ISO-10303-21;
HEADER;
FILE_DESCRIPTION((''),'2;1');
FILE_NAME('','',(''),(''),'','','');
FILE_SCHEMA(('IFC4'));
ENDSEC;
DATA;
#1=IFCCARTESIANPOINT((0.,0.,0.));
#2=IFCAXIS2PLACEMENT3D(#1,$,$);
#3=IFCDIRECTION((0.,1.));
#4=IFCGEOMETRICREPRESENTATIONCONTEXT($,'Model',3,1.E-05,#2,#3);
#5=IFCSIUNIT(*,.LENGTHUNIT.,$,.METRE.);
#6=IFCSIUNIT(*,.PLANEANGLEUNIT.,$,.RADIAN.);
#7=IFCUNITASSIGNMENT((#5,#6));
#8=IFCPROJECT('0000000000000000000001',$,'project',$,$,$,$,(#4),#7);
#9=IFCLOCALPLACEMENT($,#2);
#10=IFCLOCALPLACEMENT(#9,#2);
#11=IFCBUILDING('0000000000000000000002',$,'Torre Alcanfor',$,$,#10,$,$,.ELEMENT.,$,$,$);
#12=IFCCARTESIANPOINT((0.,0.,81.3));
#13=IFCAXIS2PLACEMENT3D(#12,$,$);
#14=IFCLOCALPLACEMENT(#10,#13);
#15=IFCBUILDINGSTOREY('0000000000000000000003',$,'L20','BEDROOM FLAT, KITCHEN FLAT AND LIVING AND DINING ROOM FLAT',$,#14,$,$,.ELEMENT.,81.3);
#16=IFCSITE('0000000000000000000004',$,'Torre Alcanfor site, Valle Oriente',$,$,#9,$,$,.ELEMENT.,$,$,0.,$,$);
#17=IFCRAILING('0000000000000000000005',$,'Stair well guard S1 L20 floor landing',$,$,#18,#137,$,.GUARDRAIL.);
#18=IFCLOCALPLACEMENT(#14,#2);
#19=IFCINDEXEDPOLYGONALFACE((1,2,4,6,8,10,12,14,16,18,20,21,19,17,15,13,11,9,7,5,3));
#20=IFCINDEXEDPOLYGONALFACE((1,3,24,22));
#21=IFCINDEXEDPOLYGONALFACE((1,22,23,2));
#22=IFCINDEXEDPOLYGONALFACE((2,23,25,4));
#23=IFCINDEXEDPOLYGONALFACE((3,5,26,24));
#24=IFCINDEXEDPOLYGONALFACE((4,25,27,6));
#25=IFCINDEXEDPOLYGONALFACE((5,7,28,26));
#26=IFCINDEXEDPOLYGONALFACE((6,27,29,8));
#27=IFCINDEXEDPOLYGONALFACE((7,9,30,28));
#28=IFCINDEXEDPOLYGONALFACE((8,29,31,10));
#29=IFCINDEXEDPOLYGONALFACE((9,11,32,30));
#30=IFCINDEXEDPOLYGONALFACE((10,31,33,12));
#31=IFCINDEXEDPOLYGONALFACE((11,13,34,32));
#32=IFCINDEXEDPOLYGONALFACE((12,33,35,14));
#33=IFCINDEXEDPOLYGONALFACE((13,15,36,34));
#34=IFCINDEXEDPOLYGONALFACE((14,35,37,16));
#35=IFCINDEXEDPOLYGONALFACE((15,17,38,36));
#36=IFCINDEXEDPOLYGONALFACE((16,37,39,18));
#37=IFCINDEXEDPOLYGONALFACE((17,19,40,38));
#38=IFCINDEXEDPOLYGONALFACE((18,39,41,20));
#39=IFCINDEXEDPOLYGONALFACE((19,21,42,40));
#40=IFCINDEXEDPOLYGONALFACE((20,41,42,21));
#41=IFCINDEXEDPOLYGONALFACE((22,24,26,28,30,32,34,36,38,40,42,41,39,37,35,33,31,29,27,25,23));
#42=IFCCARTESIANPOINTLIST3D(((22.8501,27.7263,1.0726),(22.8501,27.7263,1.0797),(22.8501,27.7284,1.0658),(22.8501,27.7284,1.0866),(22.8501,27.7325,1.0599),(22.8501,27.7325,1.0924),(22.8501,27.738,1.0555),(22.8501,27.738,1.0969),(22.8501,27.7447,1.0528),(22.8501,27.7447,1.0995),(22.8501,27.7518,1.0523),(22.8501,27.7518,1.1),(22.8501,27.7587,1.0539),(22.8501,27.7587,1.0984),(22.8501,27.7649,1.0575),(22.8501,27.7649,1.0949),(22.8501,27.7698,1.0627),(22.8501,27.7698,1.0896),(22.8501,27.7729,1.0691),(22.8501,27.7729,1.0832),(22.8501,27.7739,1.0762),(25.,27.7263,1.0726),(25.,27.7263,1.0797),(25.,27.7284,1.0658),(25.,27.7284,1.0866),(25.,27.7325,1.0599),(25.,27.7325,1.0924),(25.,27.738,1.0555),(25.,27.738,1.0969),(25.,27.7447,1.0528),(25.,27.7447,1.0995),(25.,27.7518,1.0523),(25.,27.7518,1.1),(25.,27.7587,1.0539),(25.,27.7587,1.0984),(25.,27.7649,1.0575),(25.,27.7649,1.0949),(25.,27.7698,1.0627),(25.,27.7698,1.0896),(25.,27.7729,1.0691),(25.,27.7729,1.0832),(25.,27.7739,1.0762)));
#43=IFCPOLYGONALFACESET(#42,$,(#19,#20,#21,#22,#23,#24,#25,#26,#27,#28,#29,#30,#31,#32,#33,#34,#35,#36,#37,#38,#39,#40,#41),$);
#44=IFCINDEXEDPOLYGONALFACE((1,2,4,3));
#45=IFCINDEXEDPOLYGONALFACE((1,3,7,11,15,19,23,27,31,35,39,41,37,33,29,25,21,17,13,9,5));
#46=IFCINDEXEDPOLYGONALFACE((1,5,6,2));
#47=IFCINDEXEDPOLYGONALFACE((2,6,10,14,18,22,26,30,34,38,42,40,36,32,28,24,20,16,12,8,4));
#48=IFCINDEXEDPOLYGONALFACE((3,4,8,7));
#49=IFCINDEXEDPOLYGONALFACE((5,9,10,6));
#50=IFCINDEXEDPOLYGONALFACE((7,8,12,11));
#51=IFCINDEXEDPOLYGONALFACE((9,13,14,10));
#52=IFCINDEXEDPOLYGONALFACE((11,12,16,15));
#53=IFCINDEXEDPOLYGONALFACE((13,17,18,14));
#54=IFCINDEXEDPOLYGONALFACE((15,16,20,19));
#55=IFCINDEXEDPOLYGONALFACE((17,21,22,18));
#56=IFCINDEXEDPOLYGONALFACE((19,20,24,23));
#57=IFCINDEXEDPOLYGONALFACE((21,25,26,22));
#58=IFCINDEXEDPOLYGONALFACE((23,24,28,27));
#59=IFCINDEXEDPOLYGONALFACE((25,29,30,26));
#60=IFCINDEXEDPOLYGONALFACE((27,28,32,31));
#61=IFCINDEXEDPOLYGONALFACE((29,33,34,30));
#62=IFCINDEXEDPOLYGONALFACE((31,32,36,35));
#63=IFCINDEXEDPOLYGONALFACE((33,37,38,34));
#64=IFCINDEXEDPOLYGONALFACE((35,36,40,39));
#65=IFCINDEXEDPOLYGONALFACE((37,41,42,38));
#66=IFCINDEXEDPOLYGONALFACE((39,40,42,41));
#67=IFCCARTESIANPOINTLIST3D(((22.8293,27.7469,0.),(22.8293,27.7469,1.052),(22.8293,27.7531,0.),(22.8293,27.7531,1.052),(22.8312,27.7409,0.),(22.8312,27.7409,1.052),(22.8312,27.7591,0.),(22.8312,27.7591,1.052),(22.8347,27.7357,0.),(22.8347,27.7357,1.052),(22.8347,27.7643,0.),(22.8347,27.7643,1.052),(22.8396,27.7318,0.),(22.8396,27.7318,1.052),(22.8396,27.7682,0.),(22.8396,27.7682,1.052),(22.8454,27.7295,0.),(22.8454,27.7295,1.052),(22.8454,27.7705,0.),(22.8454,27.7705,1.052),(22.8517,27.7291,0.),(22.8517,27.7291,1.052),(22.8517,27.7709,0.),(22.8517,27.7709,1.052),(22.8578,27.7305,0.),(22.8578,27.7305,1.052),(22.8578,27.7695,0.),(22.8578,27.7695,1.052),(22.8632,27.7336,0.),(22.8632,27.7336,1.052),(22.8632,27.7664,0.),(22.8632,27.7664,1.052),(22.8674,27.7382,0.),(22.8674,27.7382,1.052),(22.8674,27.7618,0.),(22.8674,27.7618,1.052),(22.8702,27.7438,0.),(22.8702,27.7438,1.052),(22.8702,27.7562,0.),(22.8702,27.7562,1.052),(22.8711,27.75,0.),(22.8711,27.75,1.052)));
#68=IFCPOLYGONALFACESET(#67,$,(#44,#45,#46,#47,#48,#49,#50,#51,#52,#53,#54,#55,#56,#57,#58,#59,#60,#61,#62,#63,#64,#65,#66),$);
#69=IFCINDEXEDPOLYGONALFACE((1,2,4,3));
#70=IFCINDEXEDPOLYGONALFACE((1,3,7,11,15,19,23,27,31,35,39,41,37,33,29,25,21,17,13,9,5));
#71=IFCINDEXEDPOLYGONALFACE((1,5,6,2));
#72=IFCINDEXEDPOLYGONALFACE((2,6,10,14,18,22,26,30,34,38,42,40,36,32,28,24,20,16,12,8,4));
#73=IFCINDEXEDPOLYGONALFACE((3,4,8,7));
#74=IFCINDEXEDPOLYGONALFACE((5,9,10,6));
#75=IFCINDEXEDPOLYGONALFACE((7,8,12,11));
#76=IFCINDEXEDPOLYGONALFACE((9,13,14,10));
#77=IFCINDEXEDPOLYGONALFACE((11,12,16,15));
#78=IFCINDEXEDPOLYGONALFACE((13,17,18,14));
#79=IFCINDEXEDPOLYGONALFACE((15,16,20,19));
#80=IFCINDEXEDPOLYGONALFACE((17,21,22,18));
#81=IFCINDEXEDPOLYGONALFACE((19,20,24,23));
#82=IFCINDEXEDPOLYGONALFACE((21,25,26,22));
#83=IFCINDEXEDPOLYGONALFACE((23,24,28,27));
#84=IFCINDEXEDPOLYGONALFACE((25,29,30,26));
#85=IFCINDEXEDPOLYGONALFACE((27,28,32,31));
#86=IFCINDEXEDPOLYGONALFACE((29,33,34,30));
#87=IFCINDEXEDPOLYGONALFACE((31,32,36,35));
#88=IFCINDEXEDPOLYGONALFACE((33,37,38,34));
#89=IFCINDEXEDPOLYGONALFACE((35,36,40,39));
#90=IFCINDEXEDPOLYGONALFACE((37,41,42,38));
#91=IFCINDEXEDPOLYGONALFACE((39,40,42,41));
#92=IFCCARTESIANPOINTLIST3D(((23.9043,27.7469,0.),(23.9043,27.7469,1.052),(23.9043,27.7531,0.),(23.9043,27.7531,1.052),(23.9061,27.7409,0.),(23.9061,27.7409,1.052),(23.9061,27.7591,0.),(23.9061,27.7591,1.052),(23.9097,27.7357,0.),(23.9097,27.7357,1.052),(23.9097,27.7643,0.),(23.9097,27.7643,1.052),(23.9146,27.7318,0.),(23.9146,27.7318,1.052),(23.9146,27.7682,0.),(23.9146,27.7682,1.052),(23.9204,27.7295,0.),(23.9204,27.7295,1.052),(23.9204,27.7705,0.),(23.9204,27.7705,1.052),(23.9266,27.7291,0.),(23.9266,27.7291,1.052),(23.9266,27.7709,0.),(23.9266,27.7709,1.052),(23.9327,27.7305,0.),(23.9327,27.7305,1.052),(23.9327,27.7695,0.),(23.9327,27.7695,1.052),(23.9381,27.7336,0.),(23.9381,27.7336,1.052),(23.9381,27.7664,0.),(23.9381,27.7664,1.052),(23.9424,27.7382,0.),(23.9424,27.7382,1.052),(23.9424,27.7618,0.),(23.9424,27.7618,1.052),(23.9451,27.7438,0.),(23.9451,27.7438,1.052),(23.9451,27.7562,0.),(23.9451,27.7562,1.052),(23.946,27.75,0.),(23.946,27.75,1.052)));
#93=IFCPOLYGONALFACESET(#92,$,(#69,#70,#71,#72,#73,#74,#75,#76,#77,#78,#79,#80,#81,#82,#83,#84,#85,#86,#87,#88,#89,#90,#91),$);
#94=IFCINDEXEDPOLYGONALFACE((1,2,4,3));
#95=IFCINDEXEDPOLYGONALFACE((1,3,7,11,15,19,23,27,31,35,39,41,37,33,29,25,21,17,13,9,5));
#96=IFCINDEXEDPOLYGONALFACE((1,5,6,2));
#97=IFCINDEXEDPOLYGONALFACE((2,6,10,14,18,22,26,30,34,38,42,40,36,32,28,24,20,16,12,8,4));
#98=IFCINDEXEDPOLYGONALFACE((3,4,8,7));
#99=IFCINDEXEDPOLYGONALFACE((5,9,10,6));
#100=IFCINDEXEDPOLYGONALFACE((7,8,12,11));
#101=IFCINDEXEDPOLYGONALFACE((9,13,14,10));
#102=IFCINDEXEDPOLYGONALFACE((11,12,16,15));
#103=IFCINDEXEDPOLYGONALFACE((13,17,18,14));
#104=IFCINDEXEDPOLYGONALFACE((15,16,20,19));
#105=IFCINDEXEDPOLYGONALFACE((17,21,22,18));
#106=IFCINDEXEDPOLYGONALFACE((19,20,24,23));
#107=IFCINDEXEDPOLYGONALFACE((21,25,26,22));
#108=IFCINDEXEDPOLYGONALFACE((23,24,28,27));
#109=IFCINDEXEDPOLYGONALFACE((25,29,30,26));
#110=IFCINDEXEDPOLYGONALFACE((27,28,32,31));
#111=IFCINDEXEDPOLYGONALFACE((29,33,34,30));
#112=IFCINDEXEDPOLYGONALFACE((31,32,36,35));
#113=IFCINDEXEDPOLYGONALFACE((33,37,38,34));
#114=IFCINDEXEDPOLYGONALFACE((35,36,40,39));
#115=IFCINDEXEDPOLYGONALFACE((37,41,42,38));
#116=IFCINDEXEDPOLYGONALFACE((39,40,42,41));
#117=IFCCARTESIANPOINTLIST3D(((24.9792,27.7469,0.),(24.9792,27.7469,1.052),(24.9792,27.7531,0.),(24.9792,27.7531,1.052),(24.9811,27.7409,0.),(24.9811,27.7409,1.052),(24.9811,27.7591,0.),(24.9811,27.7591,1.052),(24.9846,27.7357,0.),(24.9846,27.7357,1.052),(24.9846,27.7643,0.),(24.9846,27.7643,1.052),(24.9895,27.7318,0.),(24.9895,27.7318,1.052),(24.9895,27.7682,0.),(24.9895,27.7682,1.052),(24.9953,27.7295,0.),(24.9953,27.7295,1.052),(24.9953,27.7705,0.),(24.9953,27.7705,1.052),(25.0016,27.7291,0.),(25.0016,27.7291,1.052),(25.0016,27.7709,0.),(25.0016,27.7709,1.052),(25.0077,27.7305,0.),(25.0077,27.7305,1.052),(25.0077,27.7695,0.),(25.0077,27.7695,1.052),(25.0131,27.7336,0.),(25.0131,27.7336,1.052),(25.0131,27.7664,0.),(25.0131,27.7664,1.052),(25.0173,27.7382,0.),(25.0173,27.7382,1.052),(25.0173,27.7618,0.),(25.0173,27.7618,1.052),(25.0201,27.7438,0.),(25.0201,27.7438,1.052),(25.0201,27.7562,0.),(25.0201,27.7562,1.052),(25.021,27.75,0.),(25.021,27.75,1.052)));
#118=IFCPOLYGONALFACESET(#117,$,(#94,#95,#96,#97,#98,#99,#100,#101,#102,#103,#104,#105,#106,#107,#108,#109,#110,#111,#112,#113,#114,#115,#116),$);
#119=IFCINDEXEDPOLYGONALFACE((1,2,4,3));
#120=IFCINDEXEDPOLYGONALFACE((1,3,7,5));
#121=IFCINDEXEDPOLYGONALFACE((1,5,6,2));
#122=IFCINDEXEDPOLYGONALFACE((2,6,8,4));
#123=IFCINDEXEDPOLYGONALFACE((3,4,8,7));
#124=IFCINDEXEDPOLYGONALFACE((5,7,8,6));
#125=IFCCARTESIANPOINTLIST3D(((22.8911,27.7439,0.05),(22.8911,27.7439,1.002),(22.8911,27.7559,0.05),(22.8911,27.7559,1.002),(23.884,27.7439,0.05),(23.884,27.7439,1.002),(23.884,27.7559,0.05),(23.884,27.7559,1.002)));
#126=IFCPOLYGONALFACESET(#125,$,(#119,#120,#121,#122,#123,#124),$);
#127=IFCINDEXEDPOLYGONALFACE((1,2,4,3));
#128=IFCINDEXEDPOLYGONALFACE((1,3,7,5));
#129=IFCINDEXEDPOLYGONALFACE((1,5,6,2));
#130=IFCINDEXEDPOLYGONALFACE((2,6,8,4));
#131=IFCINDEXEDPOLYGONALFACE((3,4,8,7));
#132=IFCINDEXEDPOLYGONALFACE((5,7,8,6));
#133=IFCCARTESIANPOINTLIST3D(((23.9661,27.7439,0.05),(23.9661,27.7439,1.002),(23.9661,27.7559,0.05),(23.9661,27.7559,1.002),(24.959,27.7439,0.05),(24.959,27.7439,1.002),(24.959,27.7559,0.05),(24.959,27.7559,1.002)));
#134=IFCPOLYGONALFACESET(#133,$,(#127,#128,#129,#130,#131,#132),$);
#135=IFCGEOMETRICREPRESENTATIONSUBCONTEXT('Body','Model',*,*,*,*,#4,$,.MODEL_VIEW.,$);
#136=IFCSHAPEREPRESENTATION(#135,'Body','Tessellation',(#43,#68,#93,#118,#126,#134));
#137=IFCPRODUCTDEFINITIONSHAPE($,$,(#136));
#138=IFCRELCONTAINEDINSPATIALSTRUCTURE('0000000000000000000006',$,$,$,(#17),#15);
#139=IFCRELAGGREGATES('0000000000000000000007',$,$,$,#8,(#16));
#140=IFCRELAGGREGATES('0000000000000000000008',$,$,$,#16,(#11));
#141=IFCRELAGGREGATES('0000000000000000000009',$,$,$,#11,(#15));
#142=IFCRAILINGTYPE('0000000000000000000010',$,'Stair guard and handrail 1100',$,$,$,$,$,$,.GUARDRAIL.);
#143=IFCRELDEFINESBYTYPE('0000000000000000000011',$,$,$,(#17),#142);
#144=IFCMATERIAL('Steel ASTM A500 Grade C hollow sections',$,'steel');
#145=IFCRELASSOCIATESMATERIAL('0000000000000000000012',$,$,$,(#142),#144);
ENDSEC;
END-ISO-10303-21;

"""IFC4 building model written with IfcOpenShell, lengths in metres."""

from ifc_helpers import new_model, si_unit, direction, frame, origin, origin_2d, place, context, subcontext, project, spatial, polyline, circle, outline, extrude, material, type_object, element, save


model = new_model("IFC4")

# Units and contexts
model_context = context("Model", 3, precision=1e-05, world=origin(), true_north=direction((0.0, 1.0)))
body_context = subcontext(model_context, "Body", "Model", "MODEL_VIEW")
ifc_project = project(units=[si_unit("LENGTHUNIT", "METRE"), si_unit("PLANEANGLEUNIT", "RADIAN")], contexts=[model_context])

# Site, building, storey
site_placement = place(None, origin())
site = spatial("IfcSite", under=ifc_project, at=site_placement, Name="Torre Alcanfor site, Valle Oriente", CompositionType="ELEMENT", RefElevation=0.0)
building_placement = place(site_placement, origin())
building = spatial("IfcBuilding", under=site, at=building_placement, Name="Torre Alcanfor", CompositionType="ELEMENT")
storey_placement = place(building_placement, frame((0.0, 0.0, 81.3)))
storey = spatial("IfcBuildingStorey", under=building, at=storey_placement, Name="L20", Description="BEDROOM FLAT, KITCHEN FLAT AND LIVING AND DINING ROOM FLAT", CompositionType="ELEMENT", Elevation=81.3)

# Railing
ifc_material_1 = material(Name="Steel ASTM A500 Grade C hollow sections", Category="steel")
railing_type_1 = type_object("IfcRailingType", Name="Stair guard and handrail 1100", PredefinedType="GUARDRAIL", material=ifc_material_1)
railing_1_placement = place(storey_placement, frame((22.8501, 27.75, 0.0)))
element("IfcRailing", 1, at=railing_1_placement, inside=storey, type_object=railing_type_1, Name="Stair well guard S1 L20 floor landing", PredefinedType="GUARDRAIL", context=body_context, shape_type="SweptSolid", body=[
    extrude(circle(Radius=0.0239, at=origin_2d()), frame((0.0, 0.0, 1.0762), z_axis=(1.0, 0.0, 0.0), x_axis=(0.0, 1.0, 0.0)), (0.0, 0.0, 1.0), 2.1499),
    extrude(circle(Radius=0.021, at=origin_2d()), origin(), (0.0, 0.0, 1.0), 1.052),
    extrude(circle(Radius=0.021, at=origin_2d()), frame((1.075, 0.0, 0.0)), (0.0, 0.0, 1.0), 1.052),
    extrude(circle(Radius=0.021, at=origin_2d()), frame((2.1499, 0.0, 0.0)), (0.0, 0.0, 1.0), 1.052),
    extrude(outline(polyline([(0.041, 0.05), (1.0339, 0.05), (1.0339, 1.002), (0.041, 1.002), (0.041, 0.05)])), frame((0.0, 0.0059, 0.0), z_axis=(0.0, -1.0, 0.0), x_axis=(1.0, 0.0, 0.0)), (0.0, 0.0, 1.0), 0.012),
    extrude(outline(polyline([(1.116, 0.05), (2.1089, 0.05), (2.1089, 1.002), (1.116, 1.002), (1.116, 0.05)])), frame((0.0, 0.0059, 0.0), z_axis=(0.0, -1.0, 0.0), x_axis=(1.0, 0.0, 0.0)), (0.0, 0.0, 1.0), 0.012),
])

save(model, "model.ifc")
